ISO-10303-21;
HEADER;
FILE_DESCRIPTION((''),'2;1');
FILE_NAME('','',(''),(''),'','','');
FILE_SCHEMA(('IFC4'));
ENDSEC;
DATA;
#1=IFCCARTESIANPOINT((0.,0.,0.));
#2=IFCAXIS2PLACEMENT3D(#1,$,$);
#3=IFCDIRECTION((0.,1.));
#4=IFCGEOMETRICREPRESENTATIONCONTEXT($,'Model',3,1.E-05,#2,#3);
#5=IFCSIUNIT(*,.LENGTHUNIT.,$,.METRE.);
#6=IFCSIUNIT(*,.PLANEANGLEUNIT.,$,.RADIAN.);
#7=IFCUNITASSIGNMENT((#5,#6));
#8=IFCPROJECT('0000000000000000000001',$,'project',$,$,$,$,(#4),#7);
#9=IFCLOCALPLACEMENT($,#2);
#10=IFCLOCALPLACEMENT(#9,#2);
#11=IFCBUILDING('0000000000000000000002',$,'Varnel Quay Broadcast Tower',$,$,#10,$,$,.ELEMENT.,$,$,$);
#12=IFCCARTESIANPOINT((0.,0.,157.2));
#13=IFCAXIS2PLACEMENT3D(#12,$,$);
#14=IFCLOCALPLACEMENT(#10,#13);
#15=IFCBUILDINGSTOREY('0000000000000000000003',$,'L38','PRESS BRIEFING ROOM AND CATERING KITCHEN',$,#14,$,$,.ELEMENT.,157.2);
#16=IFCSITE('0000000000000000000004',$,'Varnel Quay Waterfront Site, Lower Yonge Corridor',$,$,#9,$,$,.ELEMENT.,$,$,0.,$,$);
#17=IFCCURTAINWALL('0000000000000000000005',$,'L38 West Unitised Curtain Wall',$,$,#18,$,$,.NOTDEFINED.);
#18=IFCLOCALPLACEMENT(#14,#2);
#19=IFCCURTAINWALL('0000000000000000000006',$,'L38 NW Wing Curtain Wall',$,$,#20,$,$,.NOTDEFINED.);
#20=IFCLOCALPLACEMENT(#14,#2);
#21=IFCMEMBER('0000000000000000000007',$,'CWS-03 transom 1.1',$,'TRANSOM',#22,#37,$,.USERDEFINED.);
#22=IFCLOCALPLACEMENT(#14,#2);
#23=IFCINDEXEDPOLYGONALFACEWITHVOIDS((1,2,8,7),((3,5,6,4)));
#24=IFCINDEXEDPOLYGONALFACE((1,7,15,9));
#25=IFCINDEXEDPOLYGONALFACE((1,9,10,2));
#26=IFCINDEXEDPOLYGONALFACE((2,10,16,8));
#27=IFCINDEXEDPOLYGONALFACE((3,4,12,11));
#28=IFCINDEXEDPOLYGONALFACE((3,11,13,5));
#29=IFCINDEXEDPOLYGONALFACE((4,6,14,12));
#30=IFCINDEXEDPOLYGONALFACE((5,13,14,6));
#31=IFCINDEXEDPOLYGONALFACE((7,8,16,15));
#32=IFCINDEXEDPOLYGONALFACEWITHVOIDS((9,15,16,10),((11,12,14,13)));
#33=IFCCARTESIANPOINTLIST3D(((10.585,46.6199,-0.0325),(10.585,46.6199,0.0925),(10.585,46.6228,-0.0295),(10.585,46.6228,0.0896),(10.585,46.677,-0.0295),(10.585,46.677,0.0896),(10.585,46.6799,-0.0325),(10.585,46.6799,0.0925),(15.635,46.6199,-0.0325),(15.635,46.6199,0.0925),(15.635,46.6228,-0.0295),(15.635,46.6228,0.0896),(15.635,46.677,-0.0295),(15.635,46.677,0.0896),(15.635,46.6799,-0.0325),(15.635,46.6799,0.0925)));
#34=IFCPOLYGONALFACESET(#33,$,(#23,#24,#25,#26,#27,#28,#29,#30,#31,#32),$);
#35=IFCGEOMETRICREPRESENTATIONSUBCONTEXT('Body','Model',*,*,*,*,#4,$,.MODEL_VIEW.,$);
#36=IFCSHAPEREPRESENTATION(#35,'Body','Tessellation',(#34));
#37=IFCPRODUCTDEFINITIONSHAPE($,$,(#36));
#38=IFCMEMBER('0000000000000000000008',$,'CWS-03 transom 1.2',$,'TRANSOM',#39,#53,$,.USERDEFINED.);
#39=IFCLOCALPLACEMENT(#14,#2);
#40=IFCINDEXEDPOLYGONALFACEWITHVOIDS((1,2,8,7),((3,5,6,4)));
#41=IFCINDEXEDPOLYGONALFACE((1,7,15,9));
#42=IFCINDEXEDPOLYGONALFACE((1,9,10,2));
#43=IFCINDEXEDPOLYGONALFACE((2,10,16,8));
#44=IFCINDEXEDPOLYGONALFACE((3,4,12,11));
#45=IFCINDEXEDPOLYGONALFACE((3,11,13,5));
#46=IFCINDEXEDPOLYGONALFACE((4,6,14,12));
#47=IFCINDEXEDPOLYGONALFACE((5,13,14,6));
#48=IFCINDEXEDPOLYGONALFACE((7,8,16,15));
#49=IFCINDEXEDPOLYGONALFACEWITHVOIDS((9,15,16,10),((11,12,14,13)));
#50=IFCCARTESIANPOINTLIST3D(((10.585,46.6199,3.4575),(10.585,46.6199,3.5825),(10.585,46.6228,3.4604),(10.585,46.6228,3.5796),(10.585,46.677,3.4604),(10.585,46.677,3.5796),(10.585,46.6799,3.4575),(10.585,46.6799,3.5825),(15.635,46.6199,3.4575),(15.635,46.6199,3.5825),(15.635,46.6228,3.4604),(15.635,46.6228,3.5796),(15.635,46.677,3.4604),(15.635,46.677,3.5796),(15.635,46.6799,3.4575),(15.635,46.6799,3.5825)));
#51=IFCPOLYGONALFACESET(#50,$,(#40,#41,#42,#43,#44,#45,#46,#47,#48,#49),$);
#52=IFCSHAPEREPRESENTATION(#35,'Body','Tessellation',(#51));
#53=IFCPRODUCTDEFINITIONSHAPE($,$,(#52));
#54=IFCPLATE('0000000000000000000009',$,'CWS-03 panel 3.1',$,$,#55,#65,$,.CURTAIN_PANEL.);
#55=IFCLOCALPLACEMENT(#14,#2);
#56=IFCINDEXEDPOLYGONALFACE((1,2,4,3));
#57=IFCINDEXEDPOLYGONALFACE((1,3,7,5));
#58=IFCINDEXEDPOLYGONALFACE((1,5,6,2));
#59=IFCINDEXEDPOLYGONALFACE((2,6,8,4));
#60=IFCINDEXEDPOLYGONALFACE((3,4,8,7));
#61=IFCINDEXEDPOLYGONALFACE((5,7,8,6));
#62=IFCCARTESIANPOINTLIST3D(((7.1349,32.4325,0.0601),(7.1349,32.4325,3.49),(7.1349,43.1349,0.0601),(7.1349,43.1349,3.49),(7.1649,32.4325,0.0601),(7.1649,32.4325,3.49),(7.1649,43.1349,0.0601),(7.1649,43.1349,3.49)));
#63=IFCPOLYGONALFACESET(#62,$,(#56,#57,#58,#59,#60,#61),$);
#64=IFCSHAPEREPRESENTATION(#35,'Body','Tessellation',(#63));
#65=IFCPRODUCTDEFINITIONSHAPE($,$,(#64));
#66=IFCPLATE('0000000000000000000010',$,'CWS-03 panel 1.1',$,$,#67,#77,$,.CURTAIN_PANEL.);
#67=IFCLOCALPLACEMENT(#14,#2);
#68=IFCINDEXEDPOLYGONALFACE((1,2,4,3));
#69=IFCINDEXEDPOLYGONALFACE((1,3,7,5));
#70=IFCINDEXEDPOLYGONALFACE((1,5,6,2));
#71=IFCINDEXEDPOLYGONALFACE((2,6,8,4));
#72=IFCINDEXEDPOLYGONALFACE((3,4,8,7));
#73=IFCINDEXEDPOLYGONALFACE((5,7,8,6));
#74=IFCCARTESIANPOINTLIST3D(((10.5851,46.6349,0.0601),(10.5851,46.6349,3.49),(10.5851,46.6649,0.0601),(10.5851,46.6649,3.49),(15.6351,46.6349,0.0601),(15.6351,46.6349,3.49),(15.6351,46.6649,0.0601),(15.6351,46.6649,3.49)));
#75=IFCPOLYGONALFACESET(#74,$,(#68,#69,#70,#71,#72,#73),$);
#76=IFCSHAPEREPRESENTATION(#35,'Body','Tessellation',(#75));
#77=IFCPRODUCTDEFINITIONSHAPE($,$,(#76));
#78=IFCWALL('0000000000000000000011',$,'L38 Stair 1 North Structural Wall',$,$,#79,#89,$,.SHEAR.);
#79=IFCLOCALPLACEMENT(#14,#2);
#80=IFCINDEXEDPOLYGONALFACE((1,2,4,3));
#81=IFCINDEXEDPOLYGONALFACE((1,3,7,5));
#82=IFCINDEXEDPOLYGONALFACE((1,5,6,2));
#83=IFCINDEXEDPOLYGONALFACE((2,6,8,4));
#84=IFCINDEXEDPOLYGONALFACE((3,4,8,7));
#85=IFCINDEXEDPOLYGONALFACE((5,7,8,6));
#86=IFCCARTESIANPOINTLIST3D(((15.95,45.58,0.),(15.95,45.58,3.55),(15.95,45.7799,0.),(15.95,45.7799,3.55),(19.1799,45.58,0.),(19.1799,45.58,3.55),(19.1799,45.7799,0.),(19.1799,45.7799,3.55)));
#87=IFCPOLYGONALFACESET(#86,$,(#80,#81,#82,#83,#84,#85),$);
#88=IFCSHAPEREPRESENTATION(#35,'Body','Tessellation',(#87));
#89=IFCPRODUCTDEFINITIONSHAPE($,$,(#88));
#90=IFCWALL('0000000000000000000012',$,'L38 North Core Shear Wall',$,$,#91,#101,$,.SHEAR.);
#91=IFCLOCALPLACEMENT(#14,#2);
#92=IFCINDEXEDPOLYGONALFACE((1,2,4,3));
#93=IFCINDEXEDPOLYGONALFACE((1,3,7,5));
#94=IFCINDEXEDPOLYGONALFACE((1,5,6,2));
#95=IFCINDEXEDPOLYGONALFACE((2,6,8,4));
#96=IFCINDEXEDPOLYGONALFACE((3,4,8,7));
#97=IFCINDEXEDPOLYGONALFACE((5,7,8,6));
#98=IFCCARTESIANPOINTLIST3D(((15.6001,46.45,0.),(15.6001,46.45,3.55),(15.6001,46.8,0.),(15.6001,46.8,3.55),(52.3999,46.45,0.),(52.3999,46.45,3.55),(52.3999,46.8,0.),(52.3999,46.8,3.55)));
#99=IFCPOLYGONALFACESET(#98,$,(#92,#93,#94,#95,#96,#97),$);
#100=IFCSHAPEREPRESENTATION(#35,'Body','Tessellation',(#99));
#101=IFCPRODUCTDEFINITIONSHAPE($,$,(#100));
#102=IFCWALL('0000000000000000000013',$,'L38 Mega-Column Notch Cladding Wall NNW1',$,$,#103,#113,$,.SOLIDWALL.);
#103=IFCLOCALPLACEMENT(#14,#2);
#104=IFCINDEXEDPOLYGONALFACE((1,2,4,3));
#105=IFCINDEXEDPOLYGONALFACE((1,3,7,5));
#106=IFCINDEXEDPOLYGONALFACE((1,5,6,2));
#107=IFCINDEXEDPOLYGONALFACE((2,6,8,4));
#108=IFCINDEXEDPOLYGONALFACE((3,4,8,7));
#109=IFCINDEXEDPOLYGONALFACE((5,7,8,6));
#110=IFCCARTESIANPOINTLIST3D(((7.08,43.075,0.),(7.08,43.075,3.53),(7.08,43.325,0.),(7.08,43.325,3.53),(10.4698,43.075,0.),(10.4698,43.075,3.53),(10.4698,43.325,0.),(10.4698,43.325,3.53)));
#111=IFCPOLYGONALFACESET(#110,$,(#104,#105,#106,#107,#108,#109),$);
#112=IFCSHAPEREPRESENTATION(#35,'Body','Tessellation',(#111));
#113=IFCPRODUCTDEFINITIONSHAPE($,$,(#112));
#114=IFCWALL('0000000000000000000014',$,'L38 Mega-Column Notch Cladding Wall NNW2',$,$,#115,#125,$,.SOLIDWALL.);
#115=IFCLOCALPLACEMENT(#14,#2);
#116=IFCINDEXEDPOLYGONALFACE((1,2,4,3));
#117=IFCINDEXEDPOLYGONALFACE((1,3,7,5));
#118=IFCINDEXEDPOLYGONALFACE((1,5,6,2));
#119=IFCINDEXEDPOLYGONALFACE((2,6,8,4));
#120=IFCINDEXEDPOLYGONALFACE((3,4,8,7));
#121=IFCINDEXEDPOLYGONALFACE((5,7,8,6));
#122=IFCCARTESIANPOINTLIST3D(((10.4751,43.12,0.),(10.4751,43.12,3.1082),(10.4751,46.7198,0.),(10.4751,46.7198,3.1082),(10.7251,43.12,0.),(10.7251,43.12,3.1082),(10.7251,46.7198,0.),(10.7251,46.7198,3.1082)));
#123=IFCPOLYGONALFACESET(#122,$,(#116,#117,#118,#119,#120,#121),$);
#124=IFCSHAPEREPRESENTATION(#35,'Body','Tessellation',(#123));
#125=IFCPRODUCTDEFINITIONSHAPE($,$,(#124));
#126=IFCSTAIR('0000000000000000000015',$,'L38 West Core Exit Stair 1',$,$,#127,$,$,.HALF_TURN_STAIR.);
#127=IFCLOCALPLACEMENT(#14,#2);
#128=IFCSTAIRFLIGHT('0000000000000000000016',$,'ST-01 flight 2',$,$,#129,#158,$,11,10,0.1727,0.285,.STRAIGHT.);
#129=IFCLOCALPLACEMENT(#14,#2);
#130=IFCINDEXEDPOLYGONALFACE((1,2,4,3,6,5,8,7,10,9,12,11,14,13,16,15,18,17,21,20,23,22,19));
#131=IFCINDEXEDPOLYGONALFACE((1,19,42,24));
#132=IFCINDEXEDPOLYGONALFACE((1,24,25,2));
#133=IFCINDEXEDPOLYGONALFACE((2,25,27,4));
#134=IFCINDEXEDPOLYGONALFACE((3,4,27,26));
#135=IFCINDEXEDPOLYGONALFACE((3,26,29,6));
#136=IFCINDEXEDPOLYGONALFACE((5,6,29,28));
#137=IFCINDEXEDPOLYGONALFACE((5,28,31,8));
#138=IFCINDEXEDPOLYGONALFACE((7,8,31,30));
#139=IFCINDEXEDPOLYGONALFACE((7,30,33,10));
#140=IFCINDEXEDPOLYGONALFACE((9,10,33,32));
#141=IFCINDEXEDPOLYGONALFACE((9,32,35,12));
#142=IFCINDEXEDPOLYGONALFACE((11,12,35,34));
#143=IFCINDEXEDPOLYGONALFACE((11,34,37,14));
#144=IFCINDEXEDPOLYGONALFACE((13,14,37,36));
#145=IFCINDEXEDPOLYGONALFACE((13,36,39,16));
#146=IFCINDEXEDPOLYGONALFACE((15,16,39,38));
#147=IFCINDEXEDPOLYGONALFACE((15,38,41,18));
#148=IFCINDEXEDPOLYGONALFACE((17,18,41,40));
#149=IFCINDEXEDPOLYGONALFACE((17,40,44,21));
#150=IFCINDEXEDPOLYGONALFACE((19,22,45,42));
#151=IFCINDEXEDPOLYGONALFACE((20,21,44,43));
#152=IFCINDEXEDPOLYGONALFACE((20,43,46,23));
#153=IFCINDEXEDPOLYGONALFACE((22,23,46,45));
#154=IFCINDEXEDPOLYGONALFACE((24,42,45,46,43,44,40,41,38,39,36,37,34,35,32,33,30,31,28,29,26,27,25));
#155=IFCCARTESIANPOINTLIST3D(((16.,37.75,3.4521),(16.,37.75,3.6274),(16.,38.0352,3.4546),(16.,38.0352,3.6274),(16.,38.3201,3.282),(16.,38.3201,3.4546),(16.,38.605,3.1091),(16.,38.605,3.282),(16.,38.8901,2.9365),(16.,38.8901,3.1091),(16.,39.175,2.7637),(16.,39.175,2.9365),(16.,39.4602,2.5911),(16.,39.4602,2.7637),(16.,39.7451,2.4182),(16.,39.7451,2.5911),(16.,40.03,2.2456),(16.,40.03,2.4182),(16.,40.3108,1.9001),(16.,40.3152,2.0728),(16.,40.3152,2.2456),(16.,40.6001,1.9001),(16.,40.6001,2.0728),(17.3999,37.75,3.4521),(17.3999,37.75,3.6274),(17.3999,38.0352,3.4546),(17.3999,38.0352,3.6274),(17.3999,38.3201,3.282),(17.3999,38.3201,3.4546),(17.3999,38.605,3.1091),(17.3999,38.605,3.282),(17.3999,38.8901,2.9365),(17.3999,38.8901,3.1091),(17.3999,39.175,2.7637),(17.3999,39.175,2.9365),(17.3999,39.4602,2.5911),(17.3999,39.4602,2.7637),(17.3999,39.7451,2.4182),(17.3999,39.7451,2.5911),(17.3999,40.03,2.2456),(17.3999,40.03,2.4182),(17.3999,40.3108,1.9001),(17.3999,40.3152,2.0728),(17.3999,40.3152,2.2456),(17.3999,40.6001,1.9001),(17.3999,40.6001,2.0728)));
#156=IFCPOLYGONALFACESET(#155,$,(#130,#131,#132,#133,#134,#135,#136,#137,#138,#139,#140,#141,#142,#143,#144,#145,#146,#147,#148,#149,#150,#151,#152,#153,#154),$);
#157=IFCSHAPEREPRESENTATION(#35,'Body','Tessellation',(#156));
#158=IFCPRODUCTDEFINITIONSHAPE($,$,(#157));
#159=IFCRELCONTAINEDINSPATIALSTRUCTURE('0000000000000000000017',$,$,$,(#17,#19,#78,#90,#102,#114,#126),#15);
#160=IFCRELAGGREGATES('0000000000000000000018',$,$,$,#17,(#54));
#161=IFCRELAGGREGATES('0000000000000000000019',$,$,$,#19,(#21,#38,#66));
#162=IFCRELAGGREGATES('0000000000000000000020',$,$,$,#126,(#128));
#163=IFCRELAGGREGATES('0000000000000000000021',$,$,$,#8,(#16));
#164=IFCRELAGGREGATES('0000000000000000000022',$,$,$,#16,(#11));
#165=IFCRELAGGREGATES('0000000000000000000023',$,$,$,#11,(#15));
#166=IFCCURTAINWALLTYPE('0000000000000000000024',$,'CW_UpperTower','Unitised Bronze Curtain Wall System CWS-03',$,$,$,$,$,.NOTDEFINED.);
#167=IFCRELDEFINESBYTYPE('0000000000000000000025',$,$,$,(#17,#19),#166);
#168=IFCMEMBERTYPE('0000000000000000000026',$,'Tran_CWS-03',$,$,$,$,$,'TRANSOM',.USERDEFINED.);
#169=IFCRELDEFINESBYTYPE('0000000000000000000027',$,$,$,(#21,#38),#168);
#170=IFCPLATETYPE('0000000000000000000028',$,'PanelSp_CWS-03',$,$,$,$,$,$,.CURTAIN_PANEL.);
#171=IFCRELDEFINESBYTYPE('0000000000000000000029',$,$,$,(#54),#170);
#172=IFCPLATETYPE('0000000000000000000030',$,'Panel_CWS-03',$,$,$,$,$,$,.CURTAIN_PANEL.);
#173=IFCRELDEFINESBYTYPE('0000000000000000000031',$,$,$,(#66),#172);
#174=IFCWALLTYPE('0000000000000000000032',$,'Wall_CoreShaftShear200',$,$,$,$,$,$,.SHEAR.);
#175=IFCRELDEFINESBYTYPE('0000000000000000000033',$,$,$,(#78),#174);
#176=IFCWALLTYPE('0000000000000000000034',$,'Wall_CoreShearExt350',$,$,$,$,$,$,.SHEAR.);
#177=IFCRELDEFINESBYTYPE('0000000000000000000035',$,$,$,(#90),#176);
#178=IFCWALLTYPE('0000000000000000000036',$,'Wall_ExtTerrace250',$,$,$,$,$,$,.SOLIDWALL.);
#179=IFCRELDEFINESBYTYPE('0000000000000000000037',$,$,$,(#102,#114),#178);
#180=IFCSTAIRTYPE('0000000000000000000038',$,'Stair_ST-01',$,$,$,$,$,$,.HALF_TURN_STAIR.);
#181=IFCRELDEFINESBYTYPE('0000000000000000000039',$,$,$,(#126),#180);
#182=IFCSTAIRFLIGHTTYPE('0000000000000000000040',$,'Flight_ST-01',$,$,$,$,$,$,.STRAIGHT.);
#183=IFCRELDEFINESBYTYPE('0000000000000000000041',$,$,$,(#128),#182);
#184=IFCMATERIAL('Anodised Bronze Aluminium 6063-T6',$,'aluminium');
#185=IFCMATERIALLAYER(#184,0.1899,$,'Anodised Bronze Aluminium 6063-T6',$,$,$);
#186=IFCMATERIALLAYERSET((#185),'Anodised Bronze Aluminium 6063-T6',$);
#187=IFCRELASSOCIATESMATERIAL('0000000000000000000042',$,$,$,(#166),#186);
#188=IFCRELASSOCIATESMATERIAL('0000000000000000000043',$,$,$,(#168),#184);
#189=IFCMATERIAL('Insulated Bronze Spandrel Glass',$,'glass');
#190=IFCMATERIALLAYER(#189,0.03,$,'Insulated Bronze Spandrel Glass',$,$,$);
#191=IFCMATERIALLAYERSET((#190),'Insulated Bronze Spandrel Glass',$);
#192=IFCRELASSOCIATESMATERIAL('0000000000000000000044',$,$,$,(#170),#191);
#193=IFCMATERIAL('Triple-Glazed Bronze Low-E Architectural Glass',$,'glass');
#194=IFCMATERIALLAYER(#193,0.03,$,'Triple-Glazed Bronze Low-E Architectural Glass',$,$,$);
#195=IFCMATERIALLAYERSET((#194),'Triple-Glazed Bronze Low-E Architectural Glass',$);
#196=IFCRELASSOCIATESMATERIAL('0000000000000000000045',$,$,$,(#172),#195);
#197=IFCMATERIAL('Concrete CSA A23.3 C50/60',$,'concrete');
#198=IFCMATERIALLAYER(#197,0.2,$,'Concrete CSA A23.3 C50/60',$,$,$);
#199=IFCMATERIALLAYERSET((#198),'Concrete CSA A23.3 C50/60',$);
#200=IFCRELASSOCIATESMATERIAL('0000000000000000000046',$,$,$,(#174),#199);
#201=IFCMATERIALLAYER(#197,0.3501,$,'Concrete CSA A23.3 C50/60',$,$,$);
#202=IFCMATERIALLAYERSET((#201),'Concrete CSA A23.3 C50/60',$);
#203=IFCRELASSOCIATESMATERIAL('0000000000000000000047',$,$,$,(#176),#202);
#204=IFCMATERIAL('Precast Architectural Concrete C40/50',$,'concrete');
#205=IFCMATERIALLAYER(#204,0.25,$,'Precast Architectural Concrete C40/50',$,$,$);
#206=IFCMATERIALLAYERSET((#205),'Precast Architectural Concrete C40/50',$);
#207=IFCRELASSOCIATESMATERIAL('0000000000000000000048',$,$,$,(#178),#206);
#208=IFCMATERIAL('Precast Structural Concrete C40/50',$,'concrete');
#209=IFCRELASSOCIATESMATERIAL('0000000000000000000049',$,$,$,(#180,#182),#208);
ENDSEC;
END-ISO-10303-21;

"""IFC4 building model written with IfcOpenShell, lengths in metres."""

from ifc_helpers import new_model, si_unit, direction, frame, frame_2d, origin, origin_2d, place, context, subcontext, project, spatial, polyline, rectangle, hollow_rectangle, outline, extrude, source, transform, mapped, material, layer, layer_set, material_profile, profile_set, type_object, type_shapes, element, aggregate, save


model = new_model("IFC4")

# Units and contexts
model_context = context("Model", 3, precision=1e-05, world=origin(), true_north=direction((0.0, 1.0)))
body_context = subcontext(model_context, "Body", "Model", "MODEL_VIEW")
ifc_project = project(units=[si_unit("LENGTHUNIT", "METRE"), si_unit("PLANEANGLEUNIT", "RADIAN")], contexts=[model_context])

# Site, building, storey
site_placement = place(None, origin())
site = spatial("IfcSite", under=ifc_project, at=site_placement, Name="Varnel Quay Waterfront Site, Lower Yonge Corridor", CompositionType="ELEMENT", RefElevation=0.0)
building_placement = place(site_placement, origin())
building = spatial("IfcBuilding", under=site, at=building_placement, Name="Varnel Quay Broadcast Tower", CompositionType="ELEMENT")
storey_placement = place(building_placement, frame((0.0, 0.0, 157.2)))
storey = spatial("IfcBuildingStorey", under=building, at=storey_placement, Name="L38", Description="PRESS BRIEFING ROOM AND CATERING KITCHEN", CompositionType="ELEMENT", Elevation=157.2)

# Curtain wall
ifc_material_1 = material(Name="Anodised Bronze Aluminium 6063-T6", Category="aluminium")
ifc_layer_1 = layer(ifc_material_1, 0.1899, Name="Anodised Bronze Aluminium 6063-T6")
ifc_layer_set_1 = layer_set([ifc_layer_1], Name="Anodised Bronze Aluminium 6063-T6")
curtain_wall_type = type_object("IfcCurtainWallType", Name="CW_UpperTower", Description="Unitised Bronze Curtain Wall System CWS-03", PredefinedType="NOTDEFINED", material=ifc_layer_set_1)
curtain_wall_1_placement = place(storey_placement, origin())
curtain_wall_1 = element("IfcCurtainWall", 1, at=curtain_wall_1_placement, inside=storey, type_object=curtain_wall_type, Name="L38 West Unitised Curtain Wall", PredefinedType="NOTDEFINED")

# Curtain wall, members
curtain_wall_2_placement = place(storey_placement, origin())
curtain_wall_2 = element("IfcCurtainWall", 2, at=curtain_wall_2_placement, inside=storey, type_object=curtain_wall_type, Name="L38 NW Wing Curtain Wall", PredefinedType="NOTDEFINED")
ifc_material_profile_1 = material_profile(ifc_material_1, hollow_rectangle(XDim=0.0601, YDim=0.125, WallThickness=0.0029, at=origin_2d()), Name="ALU60X125X3")
ifc_profile_set_1 = profile_set([ifc_material_profile_1], Name="Anodised Bronze Aluminium 6063-T6")
member_type_1 = type_object("IfcMemberType", Name="Tran_CWS-03", ElementType="TRANSOM", PredefinedType="USERDEFINED", material=ifc_profile_set_1)
shared_shape_1 = source(origin(), body_context, "Body", "SweptSolid", [
    extrude(hollow_rectangle(XDim=0.0601, YDim=0.125, WallThickness=0.0029, at=origin_2d()), origin(), (0.0, 0.0, 1.0), 5.05),
])
type_shapes(member_type_1, [shared_shape_1])
member_1_placement = place(storey_placement, frame((10.585, 46.6499, 0.03), z_axis=(1.0, 0.0, 0.0), x_axis=(0.0, 1.0, 0.0)))
member_1 = element("IfcMember", 3, at=member_1_placement, type_object=member_type_1, Name="CWS-03 transom 1.1", ObjectType="TRANSOM", PredefinedType="USERDEFINED", context=body_context, shape_type="MappedRepresentation", body=[
    mapped(shared_shape_1, transform((0.0, 0.0, 0.0), x_axis=(1.0, 0.0, 0.0), y_axis=(0.0, 1.0, 0.0), z_axis=(0.0, 0.0, 1.0), scale=1.0)),
])
member_2_placement = place(storey_placement, frame((10.585, 46.6499, 3.52), z_axis=(1.0, 0.0, 0.0), x_axis=(0.0, 1.0, 0.0)))
member_2 = element("IfcMember", 4, at=member_2_placement, type_object=member_type_1, Name="CWS-03 transom 1.2", ObjectType="TRANSOM", PredefinedType="USERDEFINED", context=body_context, shape_type="MappedRepresentation", body=[
    mapped(shared_shape_1, transform((0.0, 0.0, 0.0), x_axis=(1.0, 0.0, 0.0), y_axis=(0.0, 1.0, 0.0), z_axis=(0.0, 0.0, 1.0), scale=1.0)),
])

# Plates
ifc_material_2 = material(Name="Insulated Bronze Spandrel Glass", Category="glass")
ifc_layer_2 = layer(ifc_material_2, 0.03, Name="Insulated Bronze Spandrel Glass")
ifc_layer_set_2 = layer_set([ifc_layer_2], Name="Insulated Bronze Spandrel Glass")
plate_type_1 = type_object("IfcPlateType", Name="PanelSp_CWS-03", PredefinedType="CURTAIN_PANEL", material=ifc_layer_set_2)
shared_shape_2 = source(origin(), body_context, "Body", "SweptSolid", [
    extrude(rectangle(XDim=10.7024, YDim=0.03, at=origin_2d()), origin(), (0.0, 0.0, 1.0), 3.4299),
])
type_shapes(plate_type_1, [shared_shape_2])
plate_1_placement = place(storey_placement, frame((7.1499, 37.7837, 0.0601), z_axis=(0.0, 0.0, 1.0), x_axis=(0.0, 1.0, 0.0)))
plate_1 = element("IfcPlate", 5, at=plate_1_placement, type_object=plate_type_1, Name="CWS-03 panel 3.1", PredefinedType="CURTAIN_PANEL", context=body_context, shape_type="MappedRepresentation", body=[
    mapped(shared_shape_2, transform((0.0, 0.0, 0.0), x_axis=(1.0, 0.0, 0.0), y_axis=(0.0, 1.0, 0.0), z_axis=(0.0, 0.0, 1.0), scale=1.0)),
])
aggregate(curtain_wall_1, [plate_1])
ifc_material_3 = material(Name="Triple-Glazed Bronze Low-E Architectural Glass", Category="glass")
ifc_layer_3 = layer(ifc_material_3, 0.03, Name="Triple-Glazed Bronze Low-E Architectural Glass")
ifc_layer_set_3 = layer_set([ifc_layer_3], Name="Triple-Glazed Bronze Low-E Architectural Glass")
plate_type_2 = type_object("IfcPlateType", Name="Panel_CWS-03", PredefinedType="CURTAIN_PANEL", material=ifc_layer_set_3)
shared_shape_3 = source(origin(), body_context, "Body", "SweptSolid", [
    extrude(rectangle(XDim=5.05, YDim=0.03, at=origin_2d()), origin(), (0.0, 0.0, 1.0), 3.4299),
])
type_shapes(plate_type_2, [shared_shape_3])
plate_2_placement = place(storey_placement, frame((13.1101, 46.6499, 0.0601), z_axis=(0.0, 0.0, 1.0), x_axis=(1.0, 0.0, 0.0)))
plate_2 = element("IfcPlate", 6, at=plate_2_placement, type_object=plate_type_2, Name="CWS-03 panel 1.1", PredefinedType="CURTAIN_PANEL", context=body_context, shape_type="MappedRepresentation", body=[
    mapped(shared_shape_3, transform((0.0, 0.0, 0.0), x_axis=(1.0, 0.0, 0.0), y_axis=(0.0, 1.0, 0.0), z_axis=(0.0, 0.0, 1.0), scale=1.0)),
])
aggregate(curtain_wall_2, [member_1, member_2, plate_2])

# Walls
ifc_material_4 = material(Name="Concrete CSA A23.3 C50/60", Category="concrete")
ifc_layer_4 = layer(ifc_material_4, 0.2, Name="Concrete CSA A23.3 C50/60")
ifc_layer_set_4 = layer_set([ifc_layer_4], Name="Concrete CSA A23.3 C50/60")
wall_type_1 = type_object("IfcWallType", Name="Wall_CoreShaftShear200", PredefinedType="SHEAR", material=ifc_layer_set_4)
wall_1_placement = place(storey_placement, frame((15.95, 45.6799, 0.0), z_axis=(0.0, 0.0, 1.0), x_axis=(1.0, 0.0, 0.0)))
element("IfcWall", 7, at=wall_1_placement, inside=storey, type_object=wall_type_1, Name="L38 Stair 1 North Structural Wall", PredefinedType="SHEAR", context=body_context, shape_type="SweptSolid", body=[
    extrude(rectangle(XDim=3.23, YDim=0.2, at=frame_2d((1.615, 0.0))), origin(), (0.0, 0.0, 1.0), 3.55),
])
ifc_layer_5 = layer(ifc_material_4, 0.3501, Name="Concrete CSA A23.3 C50/60")
ifc_layer_set_5 = layer_set([ifc_layer_5], Name="Concrete CSA A23.3 C50/60")
wall_type_2 = type_object("IfcWallType", Name="Wall_CoreShearExt350", PredefinedType="SHEAR", material=ifc_layer_set_5)
wall_2_placement = place(storey_placement, frame((15.6001, 46.625, 0.0), z_axis=(0.0, 0.0, 1.0), x_axis=(1.0, 0.0, 0.0)))
element("IfcWall", 8, at=wall_2_placement, inside=storey, type_object=wall_type_2, Name="L38 North Core Shear Wall", PredefinedType="SHEAR", context=body_context, shape_type="SweptSolid", body=[
    extrude(rectangle(XDim=36.7998, YDim=0.3501, at=frame_2d((18.3999, 0.0))), origin(), (0.0, 0.0, 1.0), 3.55),
])
ifc_material_5 = material(Name="Precast Architectural Concrete C40/50", Category="concrete")
ifc_layer_6 = layer(ifc_material_5, 0.25, Name="Precast Architectural Concrete C40/50")
ifc_layer_set_6 = layer_set([ifc_layer_6], Name="Precast Architectural Concrete C40/50")
wall_type_3 = type_object("IfcWallType", Name="Wall_ExtTerrace250", PredefinedType="SOLIDWALL", material=ifc_layer_set_6)
wall_3_placement = place(storey_placement, frame((7.0801, 43.2, 0.0), z_axis=(0.0, 0.0, 1.0), x_axis=(1.0, 0.0, 0.0)))
element("IfcWall", 9, at=wall_3_placement, inside=storey, type_object=wall_type_3, Name="L38 Mega-Column Notch Cladding Wall NNW1", PredefinedType="SOLIDWALL", context=body_context, shape_type="SweptSolid", body=[
    extrude(rectangle(XDim=3.3899, YDim=0.25, at=frame_2d((1.6948, 0.0))), origin(), (0.0, 0.0, 1.0), 3.53),
])
wall_4_placement = place(storey_placement, frame((10.6001, 43.1201, 0.0), z_axis=(0.0, 0.0, 1.0), x_axis=(0.0, 1.0, 0.0)))
element("IfcWall", 10, at=wall_4_placement, inside=storey, type_object=wall_type_3, Name="L38 Mega-Column Notch Cladding Wall NNW2", PredefinedType="SOLIDWALL", context=body_context, shape_type="SweptSolid", body=[
    extrude(rectangle(XDim=3.5999, YDim=0.25, at=frame_2d((1.7998, 0.0))), origin(), (0.0, 0.0, 1.0), 3.1082),
])

# Stair, stair flight
ifc_material_6 = material(Name="Precast Structural Concrete C40/50", Category="concrete")
stair_type = type_object("IfcStairType", Name="Stair_ST-01", PredefinedType="HALF_TURN_STAIR", material=ifc_material_6)
stair_placement = place(storey_placement, origin())
stair = element("IfcStair", 11, at=stair_placement, inside=storey, type_object=stair_type, Name="L38 West Core Exit Stair 1", PredefinedType="HALF_TURN_STAIR")
stair_flight_type = type_object("IfcStairFlightType", Name="Flight_ST-01", PredefinedType="STRAIGHT", material=ifc_material_6)
stair_flight_placement = place(storey_placement, frame((16.7, 40.6001, 1.9001), z_axis=(0.0, 0.0, 1.0), x_axis=(0.0, -1.0, 0.0)))
stair_flight = element("IfcStairFlight", 12, at=stair_flight_placement, type_object=stair_flight_type, Name="ST-01 flight 2", NumberOfRisers=11, NumberOfTreads=10, PredefinedType="STRAIGHT", RiserHeight=0.1727, TreadLength=0.285, context=body_context, shape_type="SweptSolid", body=[
    extrude(outline(polyline([(0.0, 0.0), (0.0, 0.1726), (0.2849, 0.1726), (0.2849, 0.3455), (0.5701, 0.3455), (0.5701, 0.5181), (0.855, 0.5181), (0.855, 0.6909), (1.1399, 0.6909), (1.1399, 0.8635), (1.425, 0.8635), (1.425, 1.0364), (1.71, 1.0364), (1.71, 1.209), (1.9951, 1.209), (1.9951, 1.3818), (2.28, 1.3818), (2.28, 1.5544), (2.5649, 1.5544), (2.5649, 1.7273), (2.8501, 1.7273), (2.8501, 1.8999), (2.8501, 1.552), (0.2893, 0.0), (0.0, 0.0)])), frame((0.0, 0.7, 0.0), z_axis=(0.0, -1.0, 0.0), x_axis=(1.0, 0.0, 0.0)), (0.0, 0.0, 1.0), 1.3999),
])
aggregate(stair, [stair_flight])

save(model, "model.ifc")
